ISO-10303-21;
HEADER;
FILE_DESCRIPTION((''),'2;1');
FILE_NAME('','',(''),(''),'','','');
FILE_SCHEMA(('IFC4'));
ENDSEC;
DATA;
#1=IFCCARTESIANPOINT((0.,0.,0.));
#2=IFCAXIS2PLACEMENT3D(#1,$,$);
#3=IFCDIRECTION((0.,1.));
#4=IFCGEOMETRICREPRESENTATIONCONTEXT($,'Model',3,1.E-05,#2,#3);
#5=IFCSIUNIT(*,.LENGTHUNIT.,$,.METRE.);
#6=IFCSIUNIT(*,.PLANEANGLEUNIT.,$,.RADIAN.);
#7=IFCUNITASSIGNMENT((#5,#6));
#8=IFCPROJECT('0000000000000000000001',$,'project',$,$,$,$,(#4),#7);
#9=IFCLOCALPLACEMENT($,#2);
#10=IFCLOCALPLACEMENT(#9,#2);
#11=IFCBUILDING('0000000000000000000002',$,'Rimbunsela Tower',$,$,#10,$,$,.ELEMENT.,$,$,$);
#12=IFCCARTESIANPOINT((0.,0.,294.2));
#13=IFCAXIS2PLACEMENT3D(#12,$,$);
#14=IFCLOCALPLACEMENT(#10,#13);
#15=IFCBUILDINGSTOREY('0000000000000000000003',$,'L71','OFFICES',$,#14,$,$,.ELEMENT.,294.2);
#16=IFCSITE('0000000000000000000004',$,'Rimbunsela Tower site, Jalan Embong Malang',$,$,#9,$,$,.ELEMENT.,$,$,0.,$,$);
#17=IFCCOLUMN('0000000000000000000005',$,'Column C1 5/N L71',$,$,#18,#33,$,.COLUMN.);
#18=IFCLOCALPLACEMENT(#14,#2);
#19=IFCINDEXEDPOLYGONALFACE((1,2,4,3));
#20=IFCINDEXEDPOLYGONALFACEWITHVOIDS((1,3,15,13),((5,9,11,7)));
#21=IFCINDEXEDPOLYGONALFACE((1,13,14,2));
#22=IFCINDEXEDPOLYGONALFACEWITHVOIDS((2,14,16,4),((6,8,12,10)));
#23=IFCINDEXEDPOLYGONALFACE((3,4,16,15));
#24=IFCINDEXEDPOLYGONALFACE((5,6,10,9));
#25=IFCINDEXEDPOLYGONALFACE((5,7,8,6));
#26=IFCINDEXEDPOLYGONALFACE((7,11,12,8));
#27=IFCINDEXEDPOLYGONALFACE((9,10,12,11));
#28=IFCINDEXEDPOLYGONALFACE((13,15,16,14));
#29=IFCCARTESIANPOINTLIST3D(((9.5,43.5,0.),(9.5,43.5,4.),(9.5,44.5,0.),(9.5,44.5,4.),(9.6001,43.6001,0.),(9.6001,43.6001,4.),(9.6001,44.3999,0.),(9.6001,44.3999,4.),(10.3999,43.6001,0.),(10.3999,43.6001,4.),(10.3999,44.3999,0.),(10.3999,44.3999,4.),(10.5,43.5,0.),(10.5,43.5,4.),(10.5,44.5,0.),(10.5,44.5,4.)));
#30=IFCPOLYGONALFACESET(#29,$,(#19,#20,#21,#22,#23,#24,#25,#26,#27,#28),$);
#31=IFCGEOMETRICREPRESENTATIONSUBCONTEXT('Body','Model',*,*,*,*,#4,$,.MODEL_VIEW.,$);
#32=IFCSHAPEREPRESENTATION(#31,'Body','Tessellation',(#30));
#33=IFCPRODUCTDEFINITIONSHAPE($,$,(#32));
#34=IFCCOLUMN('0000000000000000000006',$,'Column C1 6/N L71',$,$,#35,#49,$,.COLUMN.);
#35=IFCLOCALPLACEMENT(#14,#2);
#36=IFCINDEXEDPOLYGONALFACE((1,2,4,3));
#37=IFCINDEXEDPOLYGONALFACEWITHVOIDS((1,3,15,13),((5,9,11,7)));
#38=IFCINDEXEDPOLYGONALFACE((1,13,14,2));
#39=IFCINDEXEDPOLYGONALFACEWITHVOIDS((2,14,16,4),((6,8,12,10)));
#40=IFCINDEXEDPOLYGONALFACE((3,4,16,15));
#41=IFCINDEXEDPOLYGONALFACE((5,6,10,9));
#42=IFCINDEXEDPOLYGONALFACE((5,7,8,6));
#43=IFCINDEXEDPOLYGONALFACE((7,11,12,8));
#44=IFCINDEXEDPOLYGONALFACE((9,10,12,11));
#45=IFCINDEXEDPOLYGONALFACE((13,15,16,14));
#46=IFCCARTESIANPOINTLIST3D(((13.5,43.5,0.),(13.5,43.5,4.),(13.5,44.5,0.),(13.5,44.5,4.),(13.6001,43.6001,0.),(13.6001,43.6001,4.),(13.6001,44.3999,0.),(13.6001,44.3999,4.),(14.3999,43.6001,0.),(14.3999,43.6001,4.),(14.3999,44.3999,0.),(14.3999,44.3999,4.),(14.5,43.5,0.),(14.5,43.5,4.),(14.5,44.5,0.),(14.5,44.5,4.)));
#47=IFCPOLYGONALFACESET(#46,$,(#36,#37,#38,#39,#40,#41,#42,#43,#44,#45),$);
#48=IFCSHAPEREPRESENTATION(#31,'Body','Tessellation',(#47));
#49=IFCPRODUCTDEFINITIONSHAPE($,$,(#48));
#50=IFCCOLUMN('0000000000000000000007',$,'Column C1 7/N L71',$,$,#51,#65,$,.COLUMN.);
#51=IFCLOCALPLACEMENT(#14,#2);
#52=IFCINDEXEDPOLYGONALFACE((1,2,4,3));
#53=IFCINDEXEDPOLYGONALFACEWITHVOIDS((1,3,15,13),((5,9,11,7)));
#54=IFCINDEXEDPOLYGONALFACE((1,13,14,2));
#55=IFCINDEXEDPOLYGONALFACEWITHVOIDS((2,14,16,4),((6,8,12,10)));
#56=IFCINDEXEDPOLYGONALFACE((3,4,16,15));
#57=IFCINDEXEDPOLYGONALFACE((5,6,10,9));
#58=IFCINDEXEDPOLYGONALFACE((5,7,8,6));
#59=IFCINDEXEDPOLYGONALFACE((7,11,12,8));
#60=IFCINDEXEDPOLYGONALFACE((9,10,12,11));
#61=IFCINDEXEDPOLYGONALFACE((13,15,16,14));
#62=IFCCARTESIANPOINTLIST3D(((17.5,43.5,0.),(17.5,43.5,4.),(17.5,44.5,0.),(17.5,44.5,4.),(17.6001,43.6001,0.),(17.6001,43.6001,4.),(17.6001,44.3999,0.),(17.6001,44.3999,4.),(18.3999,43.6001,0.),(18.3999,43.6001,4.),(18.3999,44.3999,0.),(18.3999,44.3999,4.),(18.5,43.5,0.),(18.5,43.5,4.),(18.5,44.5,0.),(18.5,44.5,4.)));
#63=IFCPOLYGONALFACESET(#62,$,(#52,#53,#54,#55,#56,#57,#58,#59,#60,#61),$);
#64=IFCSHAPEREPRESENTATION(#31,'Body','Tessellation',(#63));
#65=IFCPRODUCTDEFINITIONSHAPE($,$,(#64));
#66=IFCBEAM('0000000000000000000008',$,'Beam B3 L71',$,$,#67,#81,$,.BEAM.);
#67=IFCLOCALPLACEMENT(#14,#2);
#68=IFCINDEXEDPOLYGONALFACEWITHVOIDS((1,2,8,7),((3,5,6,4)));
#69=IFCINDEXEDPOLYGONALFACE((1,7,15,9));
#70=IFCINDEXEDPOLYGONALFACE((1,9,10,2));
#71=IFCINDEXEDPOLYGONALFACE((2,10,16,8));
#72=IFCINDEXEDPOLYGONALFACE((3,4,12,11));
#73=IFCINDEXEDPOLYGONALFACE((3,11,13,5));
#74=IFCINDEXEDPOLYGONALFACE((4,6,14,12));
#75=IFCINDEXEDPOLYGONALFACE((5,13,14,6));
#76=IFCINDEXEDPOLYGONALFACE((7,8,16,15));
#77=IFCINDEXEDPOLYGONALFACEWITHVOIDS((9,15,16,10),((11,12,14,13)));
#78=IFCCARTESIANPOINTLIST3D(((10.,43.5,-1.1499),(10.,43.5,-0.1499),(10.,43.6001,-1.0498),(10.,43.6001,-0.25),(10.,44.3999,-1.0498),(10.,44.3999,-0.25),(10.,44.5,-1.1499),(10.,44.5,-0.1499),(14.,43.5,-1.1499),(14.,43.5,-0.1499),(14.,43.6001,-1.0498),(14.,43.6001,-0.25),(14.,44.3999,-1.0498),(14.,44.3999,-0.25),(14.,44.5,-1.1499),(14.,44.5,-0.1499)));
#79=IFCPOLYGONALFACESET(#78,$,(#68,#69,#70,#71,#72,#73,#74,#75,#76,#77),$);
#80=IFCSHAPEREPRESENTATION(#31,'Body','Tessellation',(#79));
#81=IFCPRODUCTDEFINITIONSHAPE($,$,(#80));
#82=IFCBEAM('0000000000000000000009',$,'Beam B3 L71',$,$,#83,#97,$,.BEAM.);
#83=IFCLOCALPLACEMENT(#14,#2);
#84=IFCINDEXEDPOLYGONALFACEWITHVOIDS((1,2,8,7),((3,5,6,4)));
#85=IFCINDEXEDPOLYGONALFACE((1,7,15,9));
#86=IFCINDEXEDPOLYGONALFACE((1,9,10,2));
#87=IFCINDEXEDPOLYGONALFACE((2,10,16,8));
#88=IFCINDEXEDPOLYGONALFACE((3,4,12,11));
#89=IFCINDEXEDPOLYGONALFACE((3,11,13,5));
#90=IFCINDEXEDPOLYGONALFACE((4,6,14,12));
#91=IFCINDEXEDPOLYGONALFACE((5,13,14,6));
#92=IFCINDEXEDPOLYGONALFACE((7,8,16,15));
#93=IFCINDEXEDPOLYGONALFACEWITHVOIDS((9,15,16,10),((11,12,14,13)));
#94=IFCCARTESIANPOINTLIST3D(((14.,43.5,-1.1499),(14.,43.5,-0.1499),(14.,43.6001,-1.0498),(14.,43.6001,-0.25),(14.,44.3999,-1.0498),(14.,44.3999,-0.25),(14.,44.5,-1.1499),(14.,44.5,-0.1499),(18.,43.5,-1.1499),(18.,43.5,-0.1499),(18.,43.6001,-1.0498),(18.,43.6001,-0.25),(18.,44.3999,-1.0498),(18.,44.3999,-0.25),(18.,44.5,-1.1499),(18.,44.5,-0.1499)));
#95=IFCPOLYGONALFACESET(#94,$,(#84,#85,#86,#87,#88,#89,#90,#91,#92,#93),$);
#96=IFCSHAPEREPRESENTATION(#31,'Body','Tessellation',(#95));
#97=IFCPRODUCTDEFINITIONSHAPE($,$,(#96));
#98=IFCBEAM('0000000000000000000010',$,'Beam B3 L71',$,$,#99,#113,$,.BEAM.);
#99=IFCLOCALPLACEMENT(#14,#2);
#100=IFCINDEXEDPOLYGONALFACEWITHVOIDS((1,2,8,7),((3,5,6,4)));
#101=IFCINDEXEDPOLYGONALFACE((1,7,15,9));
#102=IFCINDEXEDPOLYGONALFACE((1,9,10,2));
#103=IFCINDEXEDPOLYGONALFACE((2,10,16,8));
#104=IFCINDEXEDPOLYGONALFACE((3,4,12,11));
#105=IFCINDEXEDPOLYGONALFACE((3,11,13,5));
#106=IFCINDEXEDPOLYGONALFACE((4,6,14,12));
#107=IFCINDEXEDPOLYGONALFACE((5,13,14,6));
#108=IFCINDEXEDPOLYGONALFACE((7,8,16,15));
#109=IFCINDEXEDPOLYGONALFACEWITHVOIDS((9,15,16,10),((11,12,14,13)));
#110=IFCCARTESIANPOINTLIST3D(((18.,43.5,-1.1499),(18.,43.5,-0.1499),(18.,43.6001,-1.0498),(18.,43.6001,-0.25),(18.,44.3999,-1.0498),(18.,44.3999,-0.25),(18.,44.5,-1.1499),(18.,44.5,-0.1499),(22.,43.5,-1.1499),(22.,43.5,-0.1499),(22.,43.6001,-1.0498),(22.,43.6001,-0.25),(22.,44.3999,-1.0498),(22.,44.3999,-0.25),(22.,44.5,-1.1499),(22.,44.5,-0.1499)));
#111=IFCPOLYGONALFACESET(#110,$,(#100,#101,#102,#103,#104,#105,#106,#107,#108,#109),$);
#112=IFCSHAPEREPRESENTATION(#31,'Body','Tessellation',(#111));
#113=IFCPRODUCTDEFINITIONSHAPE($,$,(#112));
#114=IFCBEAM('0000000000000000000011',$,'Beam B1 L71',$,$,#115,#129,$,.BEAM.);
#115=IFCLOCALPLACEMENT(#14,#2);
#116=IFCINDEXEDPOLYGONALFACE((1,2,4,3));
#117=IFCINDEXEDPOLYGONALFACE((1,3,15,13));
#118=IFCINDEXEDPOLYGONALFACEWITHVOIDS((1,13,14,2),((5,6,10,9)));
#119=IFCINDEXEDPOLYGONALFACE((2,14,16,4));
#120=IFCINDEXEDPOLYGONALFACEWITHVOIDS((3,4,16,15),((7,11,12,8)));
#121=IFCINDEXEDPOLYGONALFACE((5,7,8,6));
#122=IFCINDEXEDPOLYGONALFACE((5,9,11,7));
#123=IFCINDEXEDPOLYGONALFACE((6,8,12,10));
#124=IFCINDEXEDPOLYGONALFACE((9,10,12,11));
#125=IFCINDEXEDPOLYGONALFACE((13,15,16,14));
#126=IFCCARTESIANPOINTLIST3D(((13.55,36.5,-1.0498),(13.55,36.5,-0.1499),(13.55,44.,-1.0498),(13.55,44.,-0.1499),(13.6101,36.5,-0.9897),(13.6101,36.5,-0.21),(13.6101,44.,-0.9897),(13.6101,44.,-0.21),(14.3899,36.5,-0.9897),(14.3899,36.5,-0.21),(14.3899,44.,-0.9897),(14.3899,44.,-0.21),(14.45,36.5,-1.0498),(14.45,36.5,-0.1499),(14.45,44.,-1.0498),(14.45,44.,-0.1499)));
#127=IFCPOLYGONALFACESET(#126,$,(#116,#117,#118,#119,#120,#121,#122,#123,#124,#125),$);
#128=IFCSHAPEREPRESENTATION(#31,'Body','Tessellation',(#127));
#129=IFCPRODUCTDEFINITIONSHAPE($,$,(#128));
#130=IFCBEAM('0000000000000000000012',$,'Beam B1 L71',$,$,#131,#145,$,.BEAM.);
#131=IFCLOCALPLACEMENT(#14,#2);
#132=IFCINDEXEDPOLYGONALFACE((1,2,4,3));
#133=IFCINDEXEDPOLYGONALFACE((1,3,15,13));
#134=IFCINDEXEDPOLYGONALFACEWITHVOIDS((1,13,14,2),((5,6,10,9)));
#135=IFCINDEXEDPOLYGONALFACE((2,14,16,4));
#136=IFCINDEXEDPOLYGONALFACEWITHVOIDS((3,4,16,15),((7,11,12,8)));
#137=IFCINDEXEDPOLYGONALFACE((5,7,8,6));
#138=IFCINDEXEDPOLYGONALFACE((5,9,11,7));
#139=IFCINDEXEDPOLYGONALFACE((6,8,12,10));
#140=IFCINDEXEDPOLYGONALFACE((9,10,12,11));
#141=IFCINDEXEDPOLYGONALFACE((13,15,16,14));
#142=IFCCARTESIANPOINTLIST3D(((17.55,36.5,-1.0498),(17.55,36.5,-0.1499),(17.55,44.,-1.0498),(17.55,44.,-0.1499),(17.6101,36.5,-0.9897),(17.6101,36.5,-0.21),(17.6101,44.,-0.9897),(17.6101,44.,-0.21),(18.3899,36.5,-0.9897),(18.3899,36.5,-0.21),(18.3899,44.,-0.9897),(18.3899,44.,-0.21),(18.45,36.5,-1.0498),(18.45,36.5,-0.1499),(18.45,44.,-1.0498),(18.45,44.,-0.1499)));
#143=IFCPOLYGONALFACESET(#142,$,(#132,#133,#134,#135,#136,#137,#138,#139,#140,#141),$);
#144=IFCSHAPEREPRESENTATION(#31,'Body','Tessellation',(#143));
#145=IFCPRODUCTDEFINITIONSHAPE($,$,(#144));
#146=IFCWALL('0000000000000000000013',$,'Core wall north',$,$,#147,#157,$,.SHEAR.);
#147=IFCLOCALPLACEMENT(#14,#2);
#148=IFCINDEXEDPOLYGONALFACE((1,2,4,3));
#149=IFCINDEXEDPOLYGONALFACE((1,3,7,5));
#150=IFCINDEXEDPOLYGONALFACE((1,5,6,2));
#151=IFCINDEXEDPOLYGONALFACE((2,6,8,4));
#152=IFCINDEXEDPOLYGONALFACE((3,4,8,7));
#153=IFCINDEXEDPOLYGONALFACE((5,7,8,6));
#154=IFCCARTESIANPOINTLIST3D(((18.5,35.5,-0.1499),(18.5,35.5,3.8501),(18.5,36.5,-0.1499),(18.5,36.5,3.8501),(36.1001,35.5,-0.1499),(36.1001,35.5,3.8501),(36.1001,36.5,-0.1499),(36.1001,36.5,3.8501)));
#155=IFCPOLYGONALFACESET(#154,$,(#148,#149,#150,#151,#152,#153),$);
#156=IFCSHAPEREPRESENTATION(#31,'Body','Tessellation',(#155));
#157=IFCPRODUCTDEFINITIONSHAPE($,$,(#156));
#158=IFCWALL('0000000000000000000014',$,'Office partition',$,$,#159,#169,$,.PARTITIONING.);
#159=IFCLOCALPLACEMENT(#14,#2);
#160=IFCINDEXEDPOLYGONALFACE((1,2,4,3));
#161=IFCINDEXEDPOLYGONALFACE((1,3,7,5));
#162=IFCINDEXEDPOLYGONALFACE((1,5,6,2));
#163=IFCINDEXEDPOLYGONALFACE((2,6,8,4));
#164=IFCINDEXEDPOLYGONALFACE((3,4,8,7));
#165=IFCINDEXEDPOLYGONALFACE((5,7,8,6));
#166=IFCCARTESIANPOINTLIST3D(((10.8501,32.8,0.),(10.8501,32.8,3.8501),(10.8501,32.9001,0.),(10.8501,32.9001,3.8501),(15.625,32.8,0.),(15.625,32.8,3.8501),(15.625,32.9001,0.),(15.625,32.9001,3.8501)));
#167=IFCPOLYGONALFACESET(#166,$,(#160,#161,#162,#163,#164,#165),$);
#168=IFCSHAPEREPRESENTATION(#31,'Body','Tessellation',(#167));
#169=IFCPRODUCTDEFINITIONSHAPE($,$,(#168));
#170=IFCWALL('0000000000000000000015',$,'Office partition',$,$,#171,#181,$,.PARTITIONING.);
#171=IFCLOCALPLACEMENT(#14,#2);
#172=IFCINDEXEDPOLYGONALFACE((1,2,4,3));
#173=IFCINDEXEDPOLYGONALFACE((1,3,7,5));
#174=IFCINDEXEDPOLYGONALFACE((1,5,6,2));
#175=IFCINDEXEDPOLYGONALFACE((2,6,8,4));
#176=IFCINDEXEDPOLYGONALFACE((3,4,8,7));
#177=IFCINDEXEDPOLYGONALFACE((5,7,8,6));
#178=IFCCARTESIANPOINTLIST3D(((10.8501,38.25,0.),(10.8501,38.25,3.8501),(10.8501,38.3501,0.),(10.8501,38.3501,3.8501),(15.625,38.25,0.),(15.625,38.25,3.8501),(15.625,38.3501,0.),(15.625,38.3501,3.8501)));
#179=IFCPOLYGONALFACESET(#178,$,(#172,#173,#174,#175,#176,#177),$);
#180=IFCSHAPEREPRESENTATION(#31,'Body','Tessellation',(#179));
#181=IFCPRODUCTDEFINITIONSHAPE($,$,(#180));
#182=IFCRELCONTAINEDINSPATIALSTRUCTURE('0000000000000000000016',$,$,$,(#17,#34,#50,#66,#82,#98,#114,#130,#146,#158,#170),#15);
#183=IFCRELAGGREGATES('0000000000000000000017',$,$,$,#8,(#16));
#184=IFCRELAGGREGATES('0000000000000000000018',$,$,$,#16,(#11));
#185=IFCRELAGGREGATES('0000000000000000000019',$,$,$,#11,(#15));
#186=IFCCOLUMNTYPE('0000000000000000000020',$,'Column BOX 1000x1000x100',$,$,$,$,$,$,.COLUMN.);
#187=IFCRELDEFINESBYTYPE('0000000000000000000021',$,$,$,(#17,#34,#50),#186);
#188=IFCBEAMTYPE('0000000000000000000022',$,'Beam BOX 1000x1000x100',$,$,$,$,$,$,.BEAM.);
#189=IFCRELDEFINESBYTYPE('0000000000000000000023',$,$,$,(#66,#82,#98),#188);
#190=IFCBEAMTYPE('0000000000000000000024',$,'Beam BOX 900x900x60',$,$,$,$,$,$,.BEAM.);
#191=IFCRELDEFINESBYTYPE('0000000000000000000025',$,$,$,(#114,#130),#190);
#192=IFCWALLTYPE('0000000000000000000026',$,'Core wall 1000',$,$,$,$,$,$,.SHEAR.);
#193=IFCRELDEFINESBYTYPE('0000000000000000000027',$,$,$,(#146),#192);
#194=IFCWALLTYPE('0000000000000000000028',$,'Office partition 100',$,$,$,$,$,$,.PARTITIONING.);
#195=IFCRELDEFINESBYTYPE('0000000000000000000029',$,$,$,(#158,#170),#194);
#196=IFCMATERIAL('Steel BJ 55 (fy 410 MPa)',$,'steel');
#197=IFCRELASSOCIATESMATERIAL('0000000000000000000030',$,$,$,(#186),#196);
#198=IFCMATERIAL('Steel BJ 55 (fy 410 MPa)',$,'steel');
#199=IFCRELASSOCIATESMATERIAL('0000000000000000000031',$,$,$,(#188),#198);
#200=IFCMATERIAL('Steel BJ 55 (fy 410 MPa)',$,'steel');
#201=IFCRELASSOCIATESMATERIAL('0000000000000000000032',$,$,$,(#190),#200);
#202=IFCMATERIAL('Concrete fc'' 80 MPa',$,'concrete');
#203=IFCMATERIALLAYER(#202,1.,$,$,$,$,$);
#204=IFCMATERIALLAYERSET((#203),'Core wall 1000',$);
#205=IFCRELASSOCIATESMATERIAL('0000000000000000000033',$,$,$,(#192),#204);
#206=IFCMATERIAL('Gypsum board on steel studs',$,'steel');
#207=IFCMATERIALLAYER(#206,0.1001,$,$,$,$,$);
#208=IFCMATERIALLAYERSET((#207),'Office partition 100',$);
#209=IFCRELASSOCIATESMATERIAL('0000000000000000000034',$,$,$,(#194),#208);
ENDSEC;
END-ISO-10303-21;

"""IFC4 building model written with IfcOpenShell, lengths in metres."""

from ifc_helpers import new_model, si_unit, direction, frame, frame_2d, origin, origin_2d, place, context, subcontext, project, spatial, rectangle, hollow_rectangle, extrude, material, layer, layer_set, material_profile, profile_set, type_object, element, save


model = new_model("IFC4")

# Units and contexts
model_context = context("Model", 3, precision=1e-05, world=origin(), true_north=direction((0.0, 1.0)))
body_context = subcontext(model_context, "Body", "Model", "MODEL_VIEW")
ifc_project = project(units=[si_unit("LENGTHUNIT", "METRE"), si_unit("PLANEANGLEUNIT", "RADIAN")], contexts=[model_context])

# Site, building, storey
site_placement = place(None, origin())
site = spatial("IfcSite", under=ifc_project, at=site_placement, Name="Rimbunsela Tower site, Jalan Embong Malang", CompositionType="ELEMENT", RefElevation=0.0)
building_placement = place(site_placement, origin())
building = spatial("IfcBuilding", under=site, at=building_placement, Name="Rimbunsela Tower", CompositionType="ELEMENT")
storey_placement = place(building_placement, frame((0.0, 0.0, 294.2)))
storey = spatial("IfcBuildingStorey", under=building, at=storey_placement, Name="L71", Description="OFFICES", CompositionType="ELEMENT", Elevation=294.2)

# Columns
ifc_material_1 = material(Name="Steel BJ 55 (fy 410 MPa)", Category="steel")
ifc_material_profile_1 = material_profile(ifc_material_1, hollow_rectangle(XDim=1.0, YDim=1.0, WallThickness=0.1001, at=origin_2d()), Name="BOX 1000x1000x100")
ifc_profile_set_1 = profile_set([ifc_material_profile_1], Name="Steel BJ 55 (fy 410 MPa)")
column_type = type_object("IfcColumnType", Name="Column BOX 1000x1000x100", PredefinedType="COLUMN", material=ifc_profile_set_1)
for number, where, z_axis, x_axis, name in (
    (1, (10.0, 44.0, 0.0), (0.0, 0.0, 1.0), (1.0, 0.0, 0.0), "Column C1 5/N L71"),
    (2, (14.0, 44.0, 0.0), (0.0, 0.0, 1.0), (1.0, 0.0, 0.0), "Column C1 6/N L71"),
    (3, (18.0, 44.0, 0.0), (0.0, 0.0, 1.0), (1.0, 0.0, 0.0), "Column C1 7/N L71"),
):
    element("IfcColumn", number, at=place(storey_placement, frame(where, z_axis=z_axis, x_axis=x_axis)), inside=storey, type_object=column_type, Name=name, PredefinedType="COLUMN", context=body_context, shape_type="SweptSolid", body=[
        extrude(hollow_rectangle(XDim=1.0, YDim=1.0, WallThickness=0.1001, at=origin_2d()), origin(), (0.0, 0.0, 1.0), 4.0),
    ])

# Beams
ifc_material_2 = material(Name="Steel BJ 55 (fy 410 MPa)", Category="steel")
ifc_material_profile_2 = material_profile(ifc_material_2, hollow_rectangle(XDim=1.0, YDim=1.0, WallThickness=0.1001, at=origin_2d()), Name="BOX 1000x1000x100")
ifc_profile_set_2 = profile_set([ifc_material_profile_2], Name="Steel BJ 55 (fy 410 MPa)")
beam_type_1 = type_object("IfcBeamType", Name="Beam BOX 1000x1000x100", PredefinedType="BEAM", material=ifc_profile_set_2)
for number, where, z_axis, x_axis, name in (
    (4, (10.0, 44.0, -0.6499), (1.0, 0.0, 0.0), (0.0, 1.0, 0.0), "Beam B3 L71"),
    (5, (14.0, 44.0, -0.6499), (1.0, 0.0, 0.0), (0.0, 1.0, 0.0), "Beam B3 L71"),
    (6, (18.0, 44.0, -0.6499), (1.0, 0.0, 0.0), (0.0, 1.0, 0.0), "Beam B3 L71"),
):
    element("IfcBeam", number, at=place(storey_placement, frame(where, z_axis=z_axis, x_axis=x_axis)), inside=storey, type_object=beam_type_1, Name=name, PredefinedType="BEAM", context=body_context, shape_type="SweptSolid", body=[
        extrude(hollow_rectangle(XDim=1.0, YDim=1.0, WallThickness=0.1001, at=origin_2d()), origin(), (0.0, 0.0, 1.0), 4.0),
    ])
ifc_material_3 = material(Name="Steel BJ 55 (fy 410 MPa)", Category="steel")
ifc_material_profile_3 = material_profile(ifc_material_3, hollow_rectangle(XDim=0.8999, YDim=0.8999, WallThickness=0.0601, at=origin_2d()), Name="BOX 900x900x60")
ifc_profile_set_3 = profile_set([ifc_material_profile_3], Name="Steel BJ 55 (fy 410 MPa)")
beam_type_2 = type_object("IfcBeamType", Name="Beam BOX 900x900x60", PredefinedType="BEAM", material=ifc_profile_set_3)
for number, where, z_axis, x_axis, name in (
    (7, (14.0, 36.5, -0.5999), (0.0, 1.0, 0.0), (-1.0, 0.0, 0.0), "Beam B1 L71"),
    (8, (18.0, 36.5, -0.5999), (0.0, 1.0, 0.0), (-1.0, 0.0, 0.0), "Beam B1 L71"),
):
    element("IfcBeam", number, at=place(storey_placement, frame(where, z_axis=z_axis, x_axis=x_axis)), inside=storey, type_object=beam_type_2, Name=name, PredefinedType="BEAM", context=body_context, shape_type="SweptSolid", body=[
        extrude(hollow_rectangle(XDim=0.8999, YDim=0.8999, WallThickness=0.0601, at=origin_2d()), origin(), (0.0, 0.0, 1.0), 7.5),
    ])

# Walls
ifc_material_4 = material(Name="Concrete fc' 80 MPa", Category="concrete")
ifc_layer_1 = layer(ifc_material_4, 1.0)
ifc_layer_set_1 = layer_set([ifc_layer_1], Name="Core wall 1000")
wall_type_1 = type_object("IfcWallType", Name="Core wall 1000", PredefinedType="SHEAR", material=ifc_layer_set_1)
wall_1_placement = place(storey_placement, frame((18.5, 36.0, -0.1499), z_axis=(0.0, 0.0, 1.0), x_axis=(1.0, 0.0, 0.0)))
element("IfcWall", 9, at=wall_1_placement, inside=storey, type_object=wall_type_1, Name="Core wall north", PredefinedType="SHEAR", context=body_context, shape_type="SweptSolid", body=[
    extrude(rectangle(XDim=17.6001, YDim=1.0, at=frame_2d((8.8, 0.0))), origin(), (0.0, 0.0, 1.0), 4.0),
])
ifc_material_5 = material(Name="Gypsum board on steel studs", Category="steel")
ifc_layer_2 = layer(ifc_material_5, 0.1001)
ifc_layer_set_2 = layer_set([ifc_layer_2], Name="Office partition 100")
wall_type_2 = type_object("IfcWallType", Name="Office partition 100", PredefinedType="PARTITIONING", material=ifc_layer_set_2)
for number, where, z_axis, x_axis, name in (
    (10, (10.8501, 32.8501, 0.0), (0.0, 0.0, 1.0), (1.0, 0.0, 0.0), "Office partition"),
    (11, (10.8501, 38.3, 0.0), (0.0, 0.0, 1.0), (1.0, 0.0, 0.0), "Office partition"),
):
    element("IfcWall", number, at=place(storey_placement, frame(where, z_axis=z_axis, x_axis=x_axis)), inside=storey, type_object=wall_type_2, Name=name, PredefinedType="PARTITIONING", context=body_context, shape_type="SweptSolid", body=[
        extrude(rectangle(XDim=4.7749, YDim=0.1001, at=frame_2d((2.3875, 0.0))), origin(), (0.0, 0.0, 1.0), 3.8501),
    ])

save(model, "model.ifc")
